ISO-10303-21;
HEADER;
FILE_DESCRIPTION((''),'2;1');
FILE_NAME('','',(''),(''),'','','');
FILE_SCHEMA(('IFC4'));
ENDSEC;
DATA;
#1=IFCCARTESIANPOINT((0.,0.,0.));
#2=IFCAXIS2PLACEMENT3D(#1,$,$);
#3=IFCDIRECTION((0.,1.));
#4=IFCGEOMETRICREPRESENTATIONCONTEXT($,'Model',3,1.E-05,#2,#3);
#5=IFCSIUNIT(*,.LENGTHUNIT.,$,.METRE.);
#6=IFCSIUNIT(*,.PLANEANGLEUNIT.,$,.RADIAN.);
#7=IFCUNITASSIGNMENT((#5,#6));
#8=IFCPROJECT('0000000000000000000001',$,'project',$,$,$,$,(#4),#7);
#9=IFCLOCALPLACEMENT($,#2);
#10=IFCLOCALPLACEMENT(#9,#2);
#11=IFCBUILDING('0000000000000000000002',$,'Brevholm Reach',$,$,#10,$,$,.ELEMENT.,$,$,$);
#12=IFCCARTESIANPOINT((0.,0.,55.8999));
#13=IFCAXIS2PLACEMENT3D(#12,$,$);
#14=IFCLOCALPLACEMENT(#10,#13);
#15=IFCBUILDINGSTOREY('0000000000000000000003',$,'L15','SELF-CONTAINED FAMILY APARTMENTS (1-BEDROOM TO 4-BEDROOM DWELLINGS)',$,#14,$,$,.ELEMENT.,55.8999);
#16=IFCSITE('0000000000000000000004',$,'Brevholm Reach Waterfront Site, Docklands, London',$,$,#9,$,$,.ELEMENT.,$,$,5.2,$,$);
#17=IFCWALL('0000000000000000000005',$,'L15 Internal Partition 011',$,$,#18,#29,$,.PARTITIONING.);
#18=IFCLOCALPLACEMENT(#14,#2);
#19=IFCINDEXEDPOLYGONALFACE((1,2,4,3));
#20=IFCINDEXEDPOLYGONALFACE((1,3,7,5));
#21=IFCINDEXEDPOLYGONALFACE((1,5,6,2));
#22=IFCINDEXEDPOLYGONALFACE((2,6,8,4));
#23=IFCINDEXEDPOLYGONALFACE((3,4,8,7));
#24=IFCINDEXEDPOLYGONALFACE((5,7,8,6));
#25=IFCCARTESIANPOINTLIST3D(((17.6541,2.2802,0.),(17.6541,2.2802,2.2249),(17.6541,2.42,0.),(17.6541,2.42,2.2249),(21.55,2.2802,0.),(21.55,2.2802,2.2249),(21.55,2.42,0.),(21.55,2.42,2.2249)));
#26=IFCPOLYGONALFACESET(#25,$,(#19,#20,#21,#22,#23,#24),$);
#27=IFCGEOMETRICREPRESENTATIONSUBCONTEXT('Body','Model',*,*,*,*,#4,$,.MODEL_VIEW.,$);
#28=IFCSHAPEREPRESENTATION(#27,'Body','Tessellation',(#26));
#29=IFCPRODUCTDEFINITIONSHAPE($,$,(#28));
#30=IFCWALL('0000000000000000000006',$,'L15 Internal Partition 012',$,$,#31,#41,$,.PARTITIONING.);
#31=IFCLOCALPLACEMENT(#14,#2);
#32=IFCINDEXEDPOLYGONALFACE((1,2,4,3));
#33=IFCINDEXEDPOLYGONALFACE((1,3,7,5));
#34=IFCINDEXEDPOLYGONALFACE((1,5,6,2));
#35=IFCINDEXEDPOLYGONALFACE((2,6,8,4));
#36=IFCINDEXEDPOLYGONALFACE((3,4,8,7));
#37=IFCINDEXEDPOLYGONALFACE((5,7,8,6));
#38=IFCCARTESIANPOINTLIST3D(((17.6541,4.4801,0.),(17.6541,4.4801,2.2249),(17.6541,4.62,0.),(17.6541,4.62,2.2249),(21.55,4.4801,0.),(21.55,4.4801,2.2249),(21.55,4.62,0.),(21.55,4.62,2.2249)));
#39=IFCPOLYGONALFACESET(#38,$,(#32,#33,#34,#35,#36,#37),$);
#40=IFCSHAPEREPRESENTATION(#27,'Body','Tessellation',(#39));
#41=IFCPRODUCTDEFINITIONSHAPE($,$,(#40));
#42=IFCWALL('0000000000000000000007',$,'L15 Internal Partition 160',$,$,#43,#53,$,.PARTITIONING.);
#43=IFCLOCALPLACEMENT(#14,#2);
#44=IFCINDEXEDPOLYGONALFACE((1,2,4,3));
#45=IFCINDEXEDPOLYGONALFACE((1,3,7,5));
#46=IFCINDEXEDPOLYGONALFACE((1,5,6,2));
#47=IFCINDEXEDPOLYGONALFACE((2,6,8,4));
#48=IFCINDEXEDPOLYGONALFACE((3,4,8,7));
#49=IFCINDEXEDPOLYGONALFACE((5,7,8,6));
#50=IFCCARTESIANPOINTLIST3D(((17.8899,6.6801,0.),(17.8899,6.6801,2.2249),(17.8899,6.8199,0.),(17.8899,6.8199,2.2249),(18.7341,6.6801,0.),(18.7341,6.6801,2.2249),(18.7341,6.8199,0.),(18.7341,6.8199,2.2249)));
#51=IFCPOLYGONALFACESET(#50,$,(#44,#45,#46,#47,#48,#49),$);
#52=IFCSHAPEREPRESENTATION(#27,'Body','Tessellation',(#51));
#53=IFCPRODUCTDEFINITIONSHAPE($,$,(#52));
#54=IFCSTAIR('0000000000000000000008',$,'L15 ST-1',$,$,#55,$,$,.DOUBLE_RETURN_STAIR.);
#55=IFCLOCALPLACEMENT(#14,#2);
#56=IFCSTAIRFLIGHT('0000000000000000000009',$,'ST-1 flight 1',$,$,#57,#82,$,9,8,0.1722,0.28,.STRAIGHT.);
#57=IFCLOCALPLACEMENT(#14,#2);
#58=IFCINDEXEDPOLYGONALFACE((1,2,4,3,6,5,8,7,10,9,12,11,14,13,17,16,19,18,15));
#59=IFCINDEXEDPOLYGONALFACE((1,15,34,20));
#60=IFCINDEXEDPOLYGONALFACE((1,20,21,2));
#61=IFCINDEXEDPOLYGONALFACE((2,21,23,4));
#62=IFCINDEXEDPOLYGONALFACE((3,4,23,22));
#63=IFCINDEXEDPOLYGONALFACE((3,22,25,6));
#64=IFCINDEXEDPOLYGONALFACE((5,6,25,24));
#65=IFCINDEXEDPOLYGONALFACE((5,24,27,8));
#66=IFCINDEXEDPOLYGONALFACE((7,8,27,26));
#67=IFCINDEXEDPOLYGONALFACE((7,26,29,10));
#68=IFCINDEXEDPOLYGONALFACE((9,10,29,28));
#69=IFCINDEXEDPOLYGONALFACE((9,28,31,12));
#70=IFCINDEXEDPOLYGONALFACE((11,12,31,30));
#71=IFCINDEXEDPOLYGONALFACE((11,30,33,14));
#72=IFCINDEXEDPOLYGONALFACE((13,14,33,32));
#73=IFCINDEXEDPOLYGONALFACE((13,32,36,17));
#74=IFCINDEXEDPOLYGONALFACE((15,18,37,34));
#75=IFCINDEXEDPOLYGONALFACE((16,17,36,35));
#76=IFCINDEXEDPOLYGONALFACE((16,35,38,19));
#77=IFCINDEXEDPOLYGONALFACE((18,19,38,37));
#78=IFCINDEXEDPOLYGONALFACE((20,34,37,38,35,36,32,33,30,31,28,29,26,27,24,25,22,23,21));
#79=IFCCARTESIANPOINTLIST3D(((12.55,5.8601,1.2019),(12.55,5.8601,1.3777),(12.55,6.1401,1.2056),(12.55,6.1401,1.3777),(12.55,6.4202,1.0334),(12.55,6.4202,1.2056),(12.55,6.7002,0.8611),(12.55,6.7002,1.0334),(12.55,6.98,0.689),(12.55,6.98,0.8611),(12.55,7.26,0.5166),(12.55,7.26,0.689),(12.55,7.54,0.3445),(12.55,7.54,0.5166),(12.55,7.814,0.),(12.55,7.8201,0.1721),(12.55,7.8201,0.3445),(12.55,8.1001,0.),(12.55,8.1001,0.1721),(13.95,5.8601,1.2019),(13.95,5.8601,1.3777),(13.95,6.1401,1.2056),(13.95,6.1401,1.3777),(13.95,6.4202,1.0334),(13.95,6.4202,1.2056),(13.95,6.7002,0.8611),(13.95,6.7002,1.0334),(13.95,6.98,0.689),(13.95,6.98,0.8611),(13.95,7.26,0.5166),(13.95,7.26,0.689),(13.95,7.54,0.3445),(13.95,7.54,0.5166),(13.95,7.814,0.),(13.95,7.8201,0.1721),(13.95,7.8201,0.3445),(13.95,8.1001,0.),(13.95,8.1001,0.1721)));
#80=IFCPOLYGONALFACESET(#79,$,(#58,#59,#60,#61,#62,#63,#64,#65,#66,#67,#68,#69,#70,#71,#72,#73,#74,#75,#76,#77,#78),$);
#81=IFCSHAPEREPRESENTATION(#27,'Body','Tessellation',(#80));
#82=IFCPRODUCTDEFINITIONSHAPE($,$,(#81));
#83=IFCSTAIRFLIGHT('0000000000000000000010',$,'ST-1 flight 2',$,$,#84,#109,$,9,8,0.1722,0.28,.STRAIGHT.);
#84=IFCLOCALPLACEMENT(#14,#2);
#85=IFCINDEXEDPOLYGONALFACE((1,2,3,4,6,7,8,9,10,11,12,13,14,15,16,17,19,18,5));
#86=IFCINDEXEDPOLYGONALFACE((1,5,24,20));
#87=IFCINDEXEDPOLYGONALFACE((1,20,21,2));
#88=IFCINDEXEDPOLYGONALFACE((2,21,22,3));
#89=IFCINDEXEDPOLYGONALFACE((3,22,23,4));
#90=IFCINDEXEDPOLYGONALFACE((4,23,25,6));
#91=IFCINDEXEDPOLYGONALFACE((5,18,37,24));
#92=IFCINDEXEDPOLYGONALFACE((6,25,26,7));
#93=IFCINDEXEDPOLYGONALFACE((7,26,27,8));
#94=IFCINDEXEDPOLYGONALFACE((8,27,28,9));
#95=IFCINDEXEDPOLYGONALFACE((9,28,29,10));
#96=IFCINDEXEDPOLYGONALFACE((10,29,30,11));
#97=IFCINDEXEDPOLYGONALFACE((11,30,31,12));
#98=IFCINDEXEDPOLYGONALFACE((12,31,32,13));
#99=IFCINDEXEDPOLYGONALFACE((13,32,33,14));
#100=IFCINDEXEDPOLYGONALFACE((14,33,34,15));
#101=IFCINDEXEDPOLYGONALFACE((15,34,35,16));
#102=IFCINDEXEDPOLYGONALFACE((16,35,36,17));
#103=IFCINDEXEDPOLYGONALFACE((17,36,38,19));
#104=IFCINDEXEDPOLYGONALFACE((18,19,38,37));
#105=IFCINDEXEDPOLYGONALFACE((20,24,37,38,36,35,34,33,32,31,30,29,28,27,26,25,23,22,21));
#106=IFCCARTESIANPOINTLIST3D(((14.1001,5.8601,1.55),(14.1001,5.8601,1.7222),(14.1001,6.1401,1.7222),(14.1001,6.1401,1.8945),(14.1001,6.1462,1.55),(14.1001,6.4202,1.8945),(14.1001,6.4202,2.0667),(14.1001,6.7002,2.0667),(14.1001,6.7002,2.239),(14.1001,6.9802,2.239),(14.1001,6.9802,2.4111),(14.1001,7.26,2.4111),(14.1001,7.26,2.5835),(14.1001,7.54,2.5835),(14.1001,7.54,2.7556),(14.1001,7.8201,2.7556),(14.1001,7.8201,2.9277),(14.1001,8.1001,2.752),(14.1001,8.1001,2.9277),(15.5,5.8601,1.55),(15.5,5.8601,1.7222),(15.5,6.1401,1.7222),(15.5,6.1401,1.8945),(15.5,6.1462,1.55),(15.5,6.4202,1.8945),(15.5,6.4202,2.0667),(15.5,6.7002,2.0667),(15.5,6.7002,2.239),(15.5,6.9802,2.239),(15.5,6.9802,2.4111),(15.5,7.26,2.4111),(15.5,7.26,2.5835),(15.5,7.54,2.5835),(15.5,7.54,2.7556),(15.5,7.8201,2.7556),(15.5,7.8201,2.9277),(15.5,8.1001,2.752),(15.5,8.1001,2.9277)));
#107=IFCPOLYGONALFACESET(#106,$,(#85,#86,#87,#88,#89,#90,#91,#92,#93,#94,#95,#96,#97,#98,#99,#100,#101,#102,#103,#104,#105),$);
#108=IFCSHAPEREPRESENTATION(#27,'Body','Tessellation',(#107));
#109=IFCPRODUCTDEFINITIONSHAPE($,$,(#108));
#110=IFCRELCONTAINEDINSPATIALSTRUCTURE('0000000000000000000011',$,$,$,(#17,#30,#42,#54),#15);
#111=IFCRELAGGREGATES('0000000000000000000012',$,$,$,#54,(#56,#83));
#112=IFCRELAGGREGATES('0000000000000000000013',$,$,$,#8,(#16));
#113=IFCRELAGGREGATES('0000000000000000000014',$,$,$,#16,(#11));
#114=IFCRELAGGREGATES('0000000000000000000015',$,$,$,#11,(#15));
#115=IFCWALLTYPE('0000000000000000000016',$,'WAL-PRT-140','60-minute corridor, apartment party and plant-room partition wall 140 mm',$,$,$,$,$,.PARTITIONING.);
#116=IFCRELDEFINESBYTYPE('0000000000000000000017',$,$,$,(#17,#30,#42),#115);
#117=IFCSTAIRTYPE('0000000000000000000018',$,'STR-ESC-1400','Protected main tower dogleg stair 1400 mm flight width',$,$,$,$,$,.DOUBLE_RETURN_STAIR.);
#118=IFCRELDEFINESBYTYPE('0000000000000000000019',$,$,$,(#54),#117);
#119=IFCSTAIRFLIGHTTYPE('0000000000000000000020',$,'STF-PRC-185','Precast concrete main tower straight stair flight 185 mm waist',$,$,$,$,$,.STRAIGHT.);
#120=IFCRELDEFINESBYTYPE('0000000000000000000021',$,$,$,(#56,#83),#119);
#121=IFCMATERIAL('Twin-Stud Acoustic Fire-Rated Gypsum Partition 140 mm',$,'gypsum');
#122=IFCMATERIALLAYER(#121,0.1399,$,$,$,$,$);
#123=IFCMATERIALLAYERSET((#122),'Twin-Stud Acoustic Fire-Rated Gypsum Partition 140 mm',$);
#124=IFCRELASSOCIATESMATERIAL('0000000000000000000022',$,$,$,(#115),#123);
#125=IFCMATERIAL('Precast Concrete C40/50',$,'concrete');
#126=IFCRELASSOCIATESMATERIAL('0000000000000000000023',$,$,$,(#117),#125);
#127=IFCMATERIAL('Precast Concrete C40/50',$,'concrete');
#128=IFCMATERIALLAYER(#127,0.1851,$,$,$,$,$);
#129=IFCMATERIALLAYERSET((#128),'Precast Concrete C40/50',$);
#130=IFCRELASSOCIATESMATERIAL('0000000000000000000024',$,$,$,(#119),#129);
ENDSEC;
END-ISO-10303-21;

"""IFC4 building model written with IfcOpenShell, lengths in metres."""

from ifc_helpers import new_model, si_unit, direction, frame, frame_2d, origin, place, context, subcontext, project, spatial, polyline, rectangle, outline, extrude, material, layer, layer_set, type_object, element, aggregate, save


model = new_model("IFC4")

# Units and contexts
model_context = context("Model", 3, precision=1e-05, world=origin(), true_north=direction((0.0, 1.0)))
body_context = subcontext(model_context, "Body", "Model", "MODEL_VIEW")
ifc_project = project(units=[si_unit("LENGTHUNIT", "METRE"), si_unit("PLANEANGLEUNIT", "RADIAN")], contexts=[model_context])

# Site, building, storey
site_placement = place(None, origin())
site = spatial("IfcSite", under=ifc_project, at=site_placement, Name="Brevholm Reach Waterfront Site, Docklands, London", CompositionType="ELEMENT", RefElevation=5.2)
building_placement = place(site_placement, origin())
building = spatial("IfcBuilding", under=site, at=building_placement, Name="Brevholm Reach", CompositionType="ELEMENT")
storey_placement = place(building_placement, frame((0.0, 0.0, 55.8999)))
storey = spatial("IfcBuildingStorey", under=building, at=storey_placement, Name="L15", Description="SELF-CONTAINED FAMILY APARTMENTS (1-BEDROOM TO 4-BEDROOM DWELLINGS)", CompositionType="ELEMENT", Elevation=55.8999)

# Shared definitions
ifc_material_1 = material(Name="Twin-Stud Acoustic Fire-Rated Gypsum Partition 140 mm", Category="gypsum")
ifc_layer_1 = layer(ifc_material_1, 0.1399)
ifc_layer_set_1 = layer_set([ifc_layer_1], Name="Twin-Stud Acoustic Fire-Rated Gypsum Partition 140 mm")
wall_type_1 = type_object("IfcWallType", Name="WAL-PRT-140", Description="60-minute corridor, apartment party and plant-room partition wall 140 mm", PredefinedType="PARTITIONING", material=ifc_layer_set_1)

# Walls
for number, where, z_axis, x_axis, name in (
    (1, (17.6541, 2.3501, 0.0), (0.0, 0.0, 1.0), (1.0, 0.0, 0.0), "L15 Internal Partition 011"),
    (2, (17.6541, 4.55, 0.0), (0.0, 0.0, 1.0), (1.0, 0.0, 0.0), "L15 Internal Partition 012"),
):
    element("IfcWall", number, at=place(storey_placement, frame(where, z_axis=z_axis, x_axis=x_axis)), inside=storey, type_object=wall_type_1, Name=name, PredefinedType="PARTITIONING", context=body_context, shape_type="SweptSolid", body=[
        extrude(rectangle(XDim=3.896, YDim=0.1399, at=frame_2d((1.948, 0.0))), origin(), (0.0, 0.0, 1.0), 2.2249),
    ])
wall_1_placement = place(storey_placement, frame((17.8899, 6.75, 0.0), z_axis=(0.0, 0.0, 1.0), x_axis=(1.0, 0.0, 0.0)))
element("IfcWall", 3, at=wall_1_placement, inside=storey, type_object=wall_type_1, Name="L15 Internal Partition 160", PredefinedType="PARTITIONING", context=body_context, shape_type="SweptSolid", body=[
    extrude(rectangle(XDim=0.8442, YDim=0.1399, at=frame_2d((0.4221, 0.0))), origin(), (0.0, 0.0, 1.0), 2.2249),
])

# Stair, stair flights
ifc_material_2 = material(Name="Precast Concrete C40/50", Category="concrete")
stair_type = type_object("IfcStairType", Name="STR-ESC-1400", Description="Protected main tower dogleg stair 1400 mm flight width", PredefinedType="DOUBLE_RETURN_STAIR", material=ifc_material_2)
stair_placement = place(storey_placement, origin())
stair = element("IfcStair", 4, at=stair_placement, inside=storey, type_object=stair_type, Name="L15 ST-1", PredefinedType="DOUBLE_RETURN_STAIR")
ifc_material_3 = material(Name="Precast Concrete C40/50", Category="concrete")
ifc_layer_2 = layer(ifc_material_3, 0.1851)
ifc_layer_set_2 = layer_set([ifc_layer_2], Name="Precast Concrete C40/50")
stair_flight_type = type_object("IfcStairFlightType", Name="STF-PRC-185", Description="Precast concrete main tower straight stair flight 185 mm waist", PredefinedType="STRAIGHT", material=ifc_layer_set_2)
stair_flight_1_placement = place(storey_placement, frame((13.25, 8.1001, 0.0), z_axis=(0.0, 0.0, 1.0), x_axis=(0.0, -1.0, 0.0)))
stair_flight_1 = element("IfcStairFlight", 5, at=stair_flight_1_placement, type_object=stair_flight_type, Name="ST-1 flight 1", NumberOfRisers=9, NumberOfTreads=8, PredefinedType="STRAIGHT", RiserHeight=0.1722, TreadLength=0.28, context=body_context, shape_type="SweptSolid", body=[
    extrude(outline(polyline([(0.0, 0.0), (0.0, 0.1721), (0.28, 0.1721), (0.28, 0.3445), (0.5601, 0.3445), (0.5601, 0.5166), (0.8401, 0.5166), (0.8401, 0.689), (1.1201, 0.689), (1.1201, 0.8611), (1.3999, 0.8611), (1.3999, 1.0334), (1.6799, 1.0334), (1.6799, 1.2056), (1.96, 1.2056), (1.96, 1.3777), (2.24, 1.3777), (2.24, 1.55), (2.24, 1.2019), (0.2861, 0.0), (0.0, 0.0)])), frame((0.0, 0.7, 0.0), z_axis=(0.0, -1.0, 0.0), x_axis=(1.0, 0.0, 0.0)), (0.0, 0.0, 1.0), 1.3999),
])
stair_flight_2_placement = place(storey_placement, frame((14.8, 5.8601, 1.55), z_axis=(0.0, 0.0, 1.0), x_axis=(0.0, 1.0, 0.0)))
stair_flight_2 = element("IfcStairFlight", 6, at=stair_flight_2_placement, type_object=stair_flight_type, Name="ST-1 flight 2", NumberOfRisers=9, NumberOfTreads=8, PredefinedType="STRAIGHT", RiserHeight=0.1722, TreadLength=0.28, context=body_context, shape_type="SweptSolid", body=[
    extrude(outline(polyline([(0.0, 0.0), (0.0, 0.1721), (0.28, 0.1721), (0.28, 0.3445), (0.5601, 0.3445), (0.5601, 0.5166), (0.8401, 0.5166), (0.8401, 0.689), (1.1201, 0.689), (1.1201, 0.8611), (1.3999, 0.8611), (1.3999, 1.0334), (1.6799, 1.0334), (1.6799, 1.2056), (1.96, 1.2056), (1.96, 1.3777), (2.24, 1.3777), (2.24, 1.55), (2.24, 1.2019), (0.2861, 0.0), (0.0, 0.0)])), frame((0.0, 0.7, 0.0), z_axis=(0.0, -1.0, 0.0), x_axis=(1.0, 0.0, 0.0)), (0.0, 0.0, 1.0), 1.3999),
])
aggregate(stair, [stair_flight_1, stair_flight_2])

save(model, "model.ifc")
